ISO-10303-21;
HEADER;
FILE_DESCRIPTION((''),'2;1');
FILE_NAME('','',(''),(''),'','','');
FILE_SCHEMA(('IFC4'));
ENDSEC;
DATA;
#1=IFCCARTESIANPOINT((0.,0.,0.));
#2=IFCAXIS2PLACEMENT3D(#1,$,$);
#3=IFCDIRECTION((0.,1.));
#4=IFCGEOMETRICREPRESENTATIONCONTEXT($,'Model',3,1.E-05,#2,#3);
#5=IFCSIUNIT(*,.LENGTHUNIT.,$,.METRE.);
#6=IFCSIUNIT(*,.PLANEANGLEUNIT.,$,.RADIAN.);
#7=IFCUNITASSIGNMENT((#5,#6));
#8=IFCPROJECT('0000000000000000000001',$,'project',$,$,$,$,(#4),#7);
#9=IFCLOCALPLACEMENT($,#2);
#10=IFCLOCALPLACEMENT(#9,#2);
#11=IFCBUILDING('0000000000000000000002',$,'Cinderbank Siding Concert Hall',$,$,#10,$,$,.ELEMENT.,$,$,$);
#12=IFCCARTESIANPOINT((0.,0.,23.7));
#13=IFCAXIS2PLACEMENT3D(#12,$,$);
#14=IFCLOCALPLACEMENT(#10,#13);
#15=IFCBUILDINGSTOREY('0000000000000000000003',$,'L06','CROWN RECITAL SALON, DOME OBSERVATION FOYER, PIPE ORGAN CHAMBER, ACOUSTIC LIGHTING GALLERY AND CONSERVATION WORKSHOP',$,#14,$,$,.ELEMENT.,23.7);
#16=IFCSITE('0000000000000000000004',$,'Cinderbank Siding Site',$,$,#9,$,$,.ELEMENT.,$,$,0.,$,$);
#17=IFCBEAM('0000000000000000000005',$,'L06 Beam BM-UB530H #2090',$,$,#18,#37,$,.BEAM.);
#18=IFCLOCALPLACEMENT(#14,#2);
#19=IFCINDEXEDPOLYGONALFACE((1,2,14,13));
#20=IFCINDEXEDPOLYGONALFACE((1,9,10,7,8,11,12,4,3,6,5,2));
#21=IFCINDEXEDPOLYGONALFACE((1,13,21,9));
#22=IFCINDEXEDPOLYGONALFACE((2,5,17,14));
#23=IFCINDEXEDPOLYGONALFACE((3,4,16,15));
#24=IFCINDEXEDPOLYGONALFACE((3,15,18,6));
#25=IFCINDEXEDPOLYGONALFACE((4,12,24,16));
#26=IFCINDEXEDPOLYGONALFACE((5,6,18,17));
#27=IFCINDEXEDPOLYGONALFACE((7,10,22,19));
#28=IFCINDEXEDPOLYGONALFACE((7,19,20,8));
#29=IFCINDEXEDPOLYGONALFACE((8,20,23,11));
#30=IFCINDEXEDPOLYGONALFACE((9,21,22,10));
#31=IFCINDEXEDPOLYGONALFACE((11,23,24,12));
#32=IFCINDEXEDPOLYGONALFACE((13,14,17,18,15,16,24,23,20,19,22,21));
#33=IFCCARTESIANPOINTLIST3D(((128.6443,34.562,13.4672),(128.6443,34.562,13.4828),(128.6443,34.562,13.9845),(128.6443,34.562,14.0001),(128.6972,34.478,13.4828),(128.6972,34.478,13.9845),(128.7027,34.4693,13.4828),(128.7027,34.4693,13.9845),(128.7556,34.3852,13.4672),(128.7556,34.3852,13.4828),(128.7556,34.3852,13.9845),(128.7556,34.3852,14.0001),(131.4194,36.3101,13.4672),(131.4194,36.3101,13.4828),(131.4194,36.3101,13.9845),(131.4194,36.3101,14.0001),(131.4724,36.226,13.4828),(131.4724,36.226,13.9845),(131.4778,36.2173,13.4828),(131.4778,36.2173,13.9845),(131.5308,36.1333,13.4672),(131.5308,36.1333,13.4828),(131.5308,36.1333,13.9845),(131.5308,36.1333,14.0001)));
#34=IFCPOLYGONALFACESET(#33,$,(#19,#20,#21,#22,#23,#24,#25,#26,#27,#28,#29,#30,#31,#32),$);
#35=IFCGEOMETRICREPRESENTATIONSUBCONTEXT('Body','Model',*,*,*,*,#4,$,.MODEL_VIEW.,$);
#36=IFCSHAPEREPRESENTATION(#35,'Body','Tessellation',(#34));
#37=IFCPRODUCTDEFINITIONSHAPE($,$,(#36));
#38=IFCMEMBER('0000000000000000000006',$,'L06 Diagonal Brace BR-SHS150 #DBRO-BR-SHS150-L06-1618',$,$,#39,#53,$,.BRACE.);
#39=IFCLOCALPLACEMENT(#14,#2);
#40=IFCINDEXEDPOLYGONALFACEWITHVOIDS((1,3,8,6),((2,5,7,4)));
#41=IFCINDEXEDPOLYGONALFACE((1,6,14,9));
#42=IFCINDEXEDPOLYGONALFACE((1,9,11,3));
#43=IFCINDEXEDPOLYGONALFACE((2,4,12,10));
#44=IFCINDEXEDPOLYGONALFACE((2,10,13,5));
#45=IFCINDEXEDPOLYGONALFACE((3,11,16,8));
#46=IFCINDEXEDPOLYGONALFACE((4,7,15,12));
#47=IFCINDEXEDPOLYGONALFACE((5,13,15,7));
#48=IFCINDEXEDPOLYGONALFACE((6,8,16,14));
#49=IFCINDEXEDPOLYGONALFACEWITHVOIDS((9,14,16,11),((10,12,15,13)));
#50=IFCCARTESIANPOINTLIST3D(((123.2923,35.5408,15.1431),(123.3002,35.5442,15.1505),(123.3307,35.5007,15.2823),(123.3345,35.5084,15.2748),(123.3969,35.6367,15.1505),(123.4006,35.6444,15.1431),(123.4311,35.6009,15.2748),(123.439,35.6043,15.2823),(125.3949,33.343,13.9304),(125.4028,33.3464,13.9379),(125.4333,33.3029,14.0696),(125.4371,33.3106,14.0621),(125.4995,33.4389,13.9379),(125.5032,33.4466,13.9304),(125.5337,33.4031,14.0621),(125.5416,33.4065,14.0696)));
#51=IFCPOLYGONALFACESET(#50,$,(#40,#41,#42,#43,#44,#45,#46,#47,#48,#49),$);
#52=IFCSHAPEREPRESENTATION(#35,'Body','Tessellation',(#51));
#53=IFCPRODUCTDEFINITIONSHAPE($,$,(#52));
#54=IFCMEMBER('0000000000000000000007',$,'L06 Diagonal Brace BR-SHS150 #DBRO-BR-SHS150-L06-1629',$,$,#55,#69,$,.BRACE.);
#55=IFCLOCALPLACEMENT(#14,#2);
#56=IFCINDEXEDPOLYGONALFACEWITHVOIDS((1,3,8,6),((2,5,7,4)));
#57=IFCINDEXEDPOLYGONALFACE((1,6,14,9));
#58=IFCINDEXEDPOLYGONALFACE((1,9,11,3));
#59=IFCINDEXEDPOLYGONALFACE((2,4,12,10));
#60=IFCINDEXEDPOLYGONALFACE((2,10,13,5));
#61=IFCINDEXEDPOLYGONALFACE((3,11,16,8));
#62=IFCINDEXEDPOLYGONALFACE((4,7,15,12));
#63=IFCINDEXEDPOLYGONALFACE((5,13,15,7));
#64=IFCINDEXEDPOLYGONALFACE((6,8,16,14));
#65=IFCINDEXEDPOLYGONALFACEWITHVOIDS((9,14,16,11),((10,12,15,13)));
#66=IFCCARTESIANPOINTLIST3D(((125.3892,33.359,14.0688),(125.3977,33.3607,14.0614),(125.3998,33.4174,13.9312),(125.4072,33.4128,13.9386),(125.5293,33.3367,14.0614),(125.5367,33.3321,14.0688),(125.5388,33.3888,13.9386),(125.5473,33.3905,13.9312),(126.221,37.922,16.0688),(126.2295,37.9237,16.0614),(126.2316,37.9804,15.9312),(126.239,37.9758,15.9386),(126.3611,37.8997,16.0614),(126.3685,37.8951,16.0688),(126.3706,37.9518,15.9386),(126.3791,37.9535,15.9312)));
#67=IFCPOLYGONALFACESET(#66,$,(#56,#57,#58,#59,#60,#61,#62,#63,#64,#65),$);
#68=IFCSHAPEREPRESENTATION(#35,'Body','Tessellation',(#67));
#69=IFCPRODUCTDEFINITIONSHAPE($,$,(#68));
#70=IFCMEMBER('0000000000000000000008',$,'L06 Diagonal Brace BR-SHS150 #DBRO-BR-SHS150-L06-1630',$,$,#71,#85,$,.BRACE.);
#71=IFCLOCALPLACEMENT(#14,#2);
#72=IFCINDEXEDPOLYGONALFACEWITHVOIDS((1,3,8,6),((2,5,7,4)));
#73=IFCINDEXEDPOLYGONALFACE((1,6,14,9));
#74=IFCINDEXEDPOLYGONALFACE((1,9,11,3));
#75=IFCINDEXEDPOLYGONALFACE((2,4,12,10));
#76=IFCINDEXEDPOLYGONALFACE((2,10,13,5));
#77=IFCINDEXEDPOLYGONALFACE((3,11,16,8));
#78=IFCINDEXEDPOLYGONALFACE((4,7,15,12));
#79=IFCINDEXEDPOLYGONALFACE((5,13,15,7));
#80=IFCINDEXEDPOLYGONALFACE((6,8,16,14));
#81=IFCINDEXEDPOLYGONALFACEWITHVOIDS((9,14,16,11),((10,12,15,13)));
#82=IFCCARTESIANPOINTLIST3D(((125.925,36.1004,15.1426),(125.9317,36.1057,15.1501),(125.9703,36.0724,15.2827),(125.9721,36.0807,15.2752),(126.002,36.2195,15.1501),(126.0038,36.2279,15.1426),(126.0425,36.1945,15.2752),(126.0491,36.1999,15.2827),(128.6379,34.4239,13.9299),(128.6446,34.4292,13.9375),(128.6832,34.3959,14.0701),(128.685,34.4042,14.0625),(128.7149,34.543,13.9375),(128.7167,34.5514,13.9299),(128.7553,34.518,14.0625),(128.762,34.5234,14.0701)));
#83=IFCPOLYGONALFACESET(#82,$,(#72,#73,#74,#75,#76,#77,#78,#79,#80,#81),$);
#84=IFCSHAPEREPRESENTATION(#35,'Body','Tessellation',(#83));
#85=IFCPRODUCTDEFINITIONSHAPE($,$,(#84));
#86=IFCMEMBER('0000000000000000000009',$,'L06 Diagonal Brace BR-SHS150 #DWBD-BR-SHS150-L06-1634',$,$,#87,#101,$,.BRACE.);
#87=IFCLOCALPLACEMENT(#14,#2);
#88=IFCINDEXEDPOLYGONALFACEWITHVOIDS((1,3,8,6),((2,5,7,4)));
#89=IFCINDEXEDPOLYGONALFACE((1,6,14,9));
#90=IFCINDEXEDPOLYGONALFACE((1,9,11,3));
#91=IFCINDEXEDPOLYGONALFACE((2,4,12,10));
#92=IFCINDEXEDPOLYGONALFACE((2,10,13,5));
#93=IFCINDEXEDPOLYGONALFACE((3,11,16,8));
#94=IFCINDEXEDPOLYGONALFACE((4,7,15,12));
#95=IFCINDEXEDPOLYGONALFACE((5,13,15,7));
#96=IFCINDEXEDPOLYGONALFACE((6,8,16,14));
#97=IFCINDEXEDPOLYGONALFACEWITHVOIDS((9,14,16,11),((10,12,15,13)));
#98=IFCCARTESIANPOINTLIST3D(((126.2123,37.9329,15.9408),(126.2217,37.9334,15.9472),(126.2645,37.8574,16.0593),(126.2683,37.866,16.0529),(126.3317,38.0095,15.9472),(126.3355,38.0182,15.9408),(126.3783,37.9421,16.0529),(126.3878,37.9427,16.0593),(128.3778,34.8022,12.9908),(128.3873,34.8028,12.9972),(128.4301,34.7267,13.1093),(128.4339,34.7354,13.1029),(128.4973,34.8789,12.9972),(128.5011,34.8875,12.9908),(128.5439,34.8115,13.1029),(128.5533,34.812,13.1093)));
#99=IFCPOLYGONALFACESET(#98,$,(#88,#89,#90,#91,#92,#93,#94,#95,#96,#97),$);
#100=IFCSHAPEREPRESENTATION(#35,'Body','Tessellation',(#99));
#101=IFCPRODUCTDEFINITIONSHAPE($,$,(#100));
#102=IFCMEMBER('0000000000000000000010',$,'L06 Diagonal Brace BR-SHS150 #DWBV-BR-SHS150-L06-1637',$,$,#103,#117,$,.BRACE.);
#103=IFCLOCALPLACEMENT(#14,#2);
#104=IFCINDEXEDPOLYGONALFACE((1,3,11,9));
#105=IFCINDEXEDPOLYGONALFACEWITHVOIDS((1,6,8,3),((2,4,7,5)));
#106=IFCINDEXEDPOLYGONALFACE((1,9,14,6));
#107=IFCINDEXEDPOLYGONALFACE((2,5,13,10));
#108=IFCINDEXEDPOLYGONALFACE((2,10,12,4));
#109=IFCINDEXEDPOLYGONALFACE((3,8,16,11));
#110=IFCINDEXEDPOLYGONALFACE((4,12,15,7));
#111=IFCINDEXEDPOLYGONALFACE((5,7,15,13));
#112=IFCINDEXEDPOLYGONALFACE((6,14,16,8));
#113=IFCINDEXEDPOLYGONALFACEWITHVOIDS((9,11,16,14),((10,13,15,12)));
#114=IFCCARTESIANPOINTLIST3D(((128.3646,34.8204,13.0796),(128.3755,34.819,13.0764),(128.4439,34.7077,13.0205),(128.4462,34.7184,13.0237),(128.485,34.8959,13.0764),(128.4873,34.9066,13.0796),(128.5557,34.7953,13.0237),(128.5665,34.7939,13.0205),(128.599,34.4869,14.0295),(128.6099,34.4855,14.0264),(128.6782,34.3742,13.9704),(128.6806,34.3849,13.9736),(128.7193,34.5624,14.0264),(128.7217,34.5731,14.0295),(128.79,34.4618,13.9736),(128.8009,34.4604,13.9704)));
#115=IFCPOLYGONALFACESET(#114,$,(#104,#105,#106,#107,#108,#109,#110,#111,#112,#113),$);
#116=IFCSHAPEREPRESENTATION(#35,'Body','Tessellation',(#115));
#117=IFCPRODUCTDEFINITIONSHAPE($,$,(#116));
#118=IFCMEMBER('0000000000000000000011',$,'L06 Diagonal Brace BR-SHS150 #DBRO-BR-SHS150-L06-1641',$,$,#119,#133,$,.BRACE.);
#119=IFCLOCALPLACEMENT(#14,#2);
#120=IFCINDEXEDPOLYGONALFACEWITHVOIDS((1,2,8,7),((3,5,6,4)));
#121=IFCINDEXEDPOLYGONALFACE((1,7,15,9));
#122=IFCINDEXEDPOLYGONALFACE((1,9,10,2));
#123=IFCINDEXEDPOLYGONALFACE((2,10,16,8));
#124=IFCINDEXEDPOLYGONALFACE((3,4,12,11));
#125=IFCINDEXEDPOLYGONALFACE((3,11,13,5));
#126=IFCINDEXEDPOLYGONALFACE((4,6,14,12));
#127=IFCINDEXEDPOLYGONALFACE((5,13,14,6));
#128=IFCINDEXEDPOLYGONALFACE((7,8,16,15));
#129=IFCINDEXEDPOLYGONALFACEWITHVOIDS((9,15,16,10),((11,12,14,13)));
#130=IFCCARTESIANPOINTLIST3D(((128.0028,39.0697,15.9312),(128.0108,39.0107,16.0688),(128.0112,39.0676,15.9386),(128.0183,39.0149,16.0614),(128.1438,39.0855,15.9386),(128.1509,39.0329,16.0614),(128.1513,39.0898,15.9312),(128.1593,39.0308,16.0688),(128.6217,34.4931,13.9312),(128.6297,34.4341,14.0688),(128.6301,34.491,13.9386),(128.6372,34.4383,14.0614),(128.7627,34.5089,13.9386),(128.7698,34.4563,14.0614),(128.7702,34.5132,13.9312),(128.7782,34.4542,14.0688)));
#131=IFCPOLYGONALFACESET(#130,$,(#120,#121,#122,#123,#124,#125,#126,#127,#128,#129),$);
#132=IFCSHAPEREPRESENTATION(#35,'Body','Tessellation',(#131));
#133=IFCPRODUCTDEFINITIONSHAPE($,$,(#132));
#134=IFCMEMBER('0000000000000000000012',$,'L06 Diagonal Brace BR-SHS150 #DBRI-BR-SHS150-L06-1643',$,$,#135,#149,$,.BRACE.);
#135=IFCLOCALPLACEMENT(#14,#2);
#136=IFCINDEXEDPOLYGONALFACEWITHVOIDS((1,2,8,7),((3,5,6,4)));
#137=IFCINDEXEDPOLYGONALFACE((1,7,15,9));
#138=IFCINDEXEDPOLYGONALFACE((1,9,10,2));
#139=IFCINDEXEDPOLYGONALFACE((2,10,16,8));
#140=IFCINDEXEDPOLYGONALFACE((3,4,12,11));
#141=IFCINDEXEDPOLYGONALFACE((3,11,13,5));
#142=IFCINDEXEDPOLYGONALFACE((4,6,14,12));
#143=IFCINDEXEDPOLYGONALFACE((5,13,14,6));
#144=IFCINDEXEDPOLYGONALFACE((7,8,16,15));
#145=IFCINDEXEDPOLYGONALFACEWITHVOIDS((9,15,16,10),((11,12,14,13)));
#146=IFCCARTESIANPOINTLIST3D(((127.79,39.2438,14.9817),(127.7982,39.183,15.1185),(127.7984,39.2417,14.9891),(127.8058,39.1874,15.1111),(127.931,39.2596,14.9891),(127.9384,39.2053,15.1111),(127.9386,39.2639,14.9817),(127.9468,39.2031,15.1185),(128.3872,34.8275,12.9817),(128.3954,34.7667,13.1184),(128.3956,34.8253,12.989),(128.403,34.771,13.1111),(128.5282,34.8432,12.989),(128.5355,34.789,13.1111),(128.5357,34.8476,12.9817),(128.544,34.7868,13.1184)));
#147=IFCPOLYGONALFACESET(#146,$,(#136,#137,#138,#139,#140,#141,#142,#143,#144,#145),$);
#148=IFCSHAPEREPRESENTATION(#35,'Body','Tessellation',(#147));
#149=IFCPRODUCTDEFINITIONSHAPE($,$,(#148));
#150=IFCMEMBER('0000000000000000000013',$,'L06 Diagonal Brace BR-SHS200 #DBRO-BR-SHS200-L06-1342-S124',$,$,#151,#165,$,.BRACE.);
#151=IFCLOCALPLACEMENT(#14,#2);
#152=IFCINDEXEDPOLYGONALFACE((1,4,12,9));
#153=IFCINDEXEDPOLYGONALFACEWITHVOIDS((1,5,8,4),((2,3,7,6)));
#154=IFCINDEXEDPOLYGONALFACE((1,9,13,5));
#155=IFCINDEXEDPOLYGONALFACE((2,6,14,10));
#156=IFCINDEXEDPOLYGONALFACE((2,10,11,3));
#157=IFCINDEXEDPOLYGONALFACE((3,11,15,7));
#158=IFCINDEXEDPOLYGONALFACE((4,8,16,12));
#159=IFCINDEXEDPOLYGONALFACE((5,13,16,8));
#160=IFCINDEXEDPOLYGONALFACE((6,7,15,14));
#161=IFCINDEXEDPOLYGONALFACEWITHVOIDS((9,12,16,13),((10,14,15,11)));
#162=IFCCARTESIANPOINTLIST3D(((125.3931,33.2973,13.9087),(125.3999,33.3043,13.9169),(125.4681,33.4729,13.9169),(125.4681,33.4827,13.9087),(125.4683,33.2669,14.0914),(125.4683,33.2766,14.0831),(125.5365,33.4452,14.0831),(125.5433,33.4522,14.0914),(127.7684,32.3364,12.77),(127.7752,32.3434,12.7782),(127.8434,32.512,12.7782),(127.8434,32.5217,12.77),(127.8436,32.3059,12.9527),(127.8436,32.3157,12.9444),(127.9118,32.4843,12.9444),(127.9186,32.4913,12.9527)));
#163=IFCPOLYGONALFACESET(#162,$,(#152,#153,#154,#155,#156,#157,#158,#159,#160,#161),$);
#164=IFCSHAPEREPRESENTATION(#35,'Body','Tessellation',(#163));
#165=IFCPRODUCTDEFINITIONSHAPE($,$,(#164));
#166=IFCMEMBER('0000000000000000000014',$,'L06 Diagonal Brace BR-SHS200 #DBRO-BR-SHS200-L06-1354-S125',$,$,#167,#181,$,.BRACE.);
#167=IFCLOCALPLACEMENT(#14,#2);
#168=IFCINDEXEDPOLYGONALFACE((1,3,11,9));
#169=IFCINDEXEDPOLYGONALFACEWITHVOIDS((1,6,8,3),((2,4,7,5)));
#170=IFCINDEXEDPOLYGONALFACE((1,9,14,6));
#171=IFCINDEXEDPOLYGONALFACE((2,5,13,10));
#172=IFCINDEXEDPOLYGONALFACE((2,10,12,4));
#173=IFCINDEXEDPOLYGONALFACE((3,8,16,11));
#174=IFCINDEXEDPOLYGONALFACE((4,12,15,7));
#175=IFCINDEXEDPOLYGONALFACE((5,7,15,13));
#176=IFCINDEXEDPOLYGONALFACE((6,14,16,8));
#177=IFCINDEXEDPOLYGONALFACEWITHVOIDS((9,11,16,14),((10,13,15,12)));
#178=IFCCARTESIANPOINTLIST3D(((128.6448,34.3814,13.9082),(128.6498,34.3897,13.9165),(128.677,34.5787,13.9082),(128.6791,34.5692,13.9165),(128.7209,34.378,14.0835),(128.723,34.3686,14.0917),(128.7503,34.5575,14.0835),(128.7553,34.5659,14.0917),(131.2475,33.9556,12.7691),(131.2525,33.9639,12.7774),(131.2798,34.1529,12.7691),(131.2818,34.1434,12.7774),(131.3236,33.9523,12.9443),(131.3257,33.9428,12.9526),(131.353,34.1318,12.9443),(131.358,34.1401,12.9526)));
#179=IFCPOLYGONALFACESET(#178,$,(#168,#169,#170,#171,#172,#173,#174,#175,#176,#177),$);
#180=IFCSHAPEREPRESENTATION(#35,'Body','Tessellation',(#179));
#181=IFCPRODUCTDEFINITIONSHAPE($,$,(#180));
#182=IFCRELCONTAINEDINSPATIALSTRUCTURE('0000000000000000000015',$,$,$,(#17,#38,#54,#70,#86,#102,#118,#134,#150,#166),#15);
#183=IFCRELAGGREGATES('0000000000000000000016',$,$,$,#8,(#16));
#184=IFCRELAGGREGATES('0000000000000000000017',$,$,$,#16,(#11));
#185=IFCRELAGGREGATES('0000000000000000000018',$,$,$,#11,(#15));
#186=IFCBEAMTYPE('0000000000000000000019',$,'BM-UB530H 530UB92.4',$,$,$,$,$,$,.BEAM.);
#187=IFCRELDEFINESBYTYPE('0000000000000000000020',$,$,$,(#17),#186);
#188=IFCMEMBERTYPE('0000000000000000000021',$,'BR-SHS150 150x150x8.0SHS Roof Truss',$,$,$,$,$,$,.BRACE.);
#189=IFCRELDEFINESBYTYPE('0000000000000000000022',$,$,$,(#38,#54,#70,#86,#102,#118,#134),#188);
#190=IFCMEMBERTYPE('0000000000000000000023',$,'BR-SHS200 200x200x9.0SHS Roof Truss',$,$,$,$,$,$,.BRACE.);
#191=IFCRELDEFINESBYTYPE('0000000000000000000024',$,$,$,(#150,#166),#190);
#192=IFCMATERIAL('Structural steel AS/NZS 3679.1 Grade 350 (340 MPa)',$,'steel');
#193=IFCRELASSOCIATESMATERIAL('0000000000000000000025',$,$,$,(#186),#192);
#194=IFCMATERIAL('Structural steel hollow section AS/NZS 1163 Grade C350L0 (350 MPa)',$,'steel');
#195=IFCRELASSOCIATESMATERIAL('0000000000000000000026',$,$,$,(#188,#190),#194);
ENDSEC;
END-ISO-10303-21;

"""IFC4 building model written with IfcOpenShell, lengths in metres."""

from ifc_helpers import new_model, si_unit, direction, frame, origin, origin_2d, place, context, subcontext, project, spatial, hollow_rectangle, i_section, extrude, material, material_profile, profile_set, type_object, element, save


model = new_model("IFC4")

# Units and contexts
model_context = context("Model", 3, precision=1e-05, world=origin(), true_north=direction((0.0, 1.0)))
body_context = subcontext(model_context, "Body", "Model", "MODEL_VIEW")
ifc_project = project(units=[si_unit("LENGTHUNIT", "METRE"), si_unit("PLANEANGLEUNIT", "RADIAN")], contexts=[model_context])

# Site, building, storey
site_placement = place(None, origin())
site = spatial("IfcSite", under=ifc_project, at=site_placement, Name="Cinderbank Siding Site", CompositionType="ELEMENT", RefElevation=0.0)
building_placement = place(site_placement, origin())
building = spatial("IfcBuilding", under=site, at=building_placement, Name="Cinderbank Siding Concert Hall", CompositionType="ELEMENT")
storey_placement = place(building_placement, frame((0.0, 0.0, 23.7)))
storey = spatial("IfcBuildingStorey", under=building, at=storey_placement, Name="L06", Description="CROWN RECITAL SALON, DOME OBSERVATION FOYER, PIPE ORGAN CHAMBER, ACOUSTIC LIGHTING GALLERY AND CONSERVATION WORKSHOP", CompositionType="ELEMENT", Elevation=23.7)

# Beam
ifc_material_1 = material(Name="Structural steel AS/NZS 3679.1 Grade 350 (340 MPa)", Category="steel")
ifc_material_profile_1 = material_profile(ifc_material_1, i_section(OverallWidth=0.209, OverallDepth=0.533, WebThickness=0.0103, FlangeThickness=0.0156, at=origin_2d()), Name="530UB92.4", Category="LoadBearing")
ifc_profile_set_1 = profile_set([ifc_material_profile_1], Name="Structural steel AS/NZS 3679.1 Grade 350 (340 MPa)")
beam_type = type_object("IfcBeamType", Name="BM-UB530H 530UB92.4", PredefinedType="BEAM", material=ifc_profile_set_1)
beam_placement = place(storey_placement, frame((128.7, 34.4736, 13.7336), z_axis=(0.846132, 0.532973, 0.0), x_axis=(-0.532973, 0.846132, 0.0)))
element("IfcBeam", 1, at=beam_placement, inside=storey, type_object=beam_type, Name="L06 Beam BM-UB530H #2090", PredefinedType="BEAM", context=body_context, shape_type="SweptSolid", body=[
    extrude(i_section(OverallWidth=0.209, OverallDepth=0.533, WebThickness=0.0103, FlangeThickness=0.0156, at=origin_2d()), origin(), (0.0, 0.0, 1.0), 3.2798),
])

# Members
ifc_material_2 = material(Name="Structural steel hollow section AS/NZS 1163 Grade C350L0 (350 MPa)", Category="steel")
ifc_material_profile_2 = material_profile(ifc_material_2, hollow_rectangle(XDim=0.1499, YDim=0.1499, WallThickness=0.0081, at=origin_2d()), Name="150x150x8.0SHS", Category="LoadBearing")
ifc_profile_set_2 = profile_set([ifc_material_profile_2], Name="Structural steel hollow section AS/NZS 1163 Grade C350L0 (350 MPa)")
member_type_1 = type_object("IfcMemberType", Name="BR-SHS150 150x150x8.0SHS Roof Truss", PredefinedType="BRACE", material=ifc_profile_set_2)
member_1_placement = place(storey_placement, frame((125.4683, 33.3748, 14.0), z_axis=(-0.642126, 0.671205, 0.370348), x_axis=(-0.722586, -0.691281, 0.0)))
element("IfcMember", 2, at=member_1_placement, inside=storey, type_object=member_type_1, Name="L06 Diagonal Brace BR-SHS150 #DBRO-BR-SHS150-L06-1618", PredefinedType="BRACE", context=body_context, shape_type="SweptSolid", body=[
    extrude(hollow_rectangle(XDim=0.1499, YDim=0.1499, WallThickness=0.0081, at=origin_2d()), origin(), (0.0, 0.0, 1.0), 3.2744),
])
member_2_placement = place(storey_placement, frame((125.4683, 33.3748, 14.0), z_axis=(0.164677, 0.903381, 0.39596), x_axis=(-0.983788, 0.179335, 0.0)))
element("IfcMember", 3, at=member_2_placement, inside=storey, type_object=member_type_1, Name="L06 Diagonal Brace BR-SHS150 #DBRO-BR-SHS150-L06-1629", PredefinedType="BRACE", context=body_context, shape_type="SweptSolid", body=[
    extrude(hollow_rectangle(XDim=0.1499, YDim=0.1499, WallThickness=0.0081, at=origin_2d()), origin(), (0.0, 0.0, 1.0), 5.051),
])
member_3_placement = place(storey_placement, frame((128.7, 34.4736, 14.0), z_axis=(-0.795129, 0.491374, 0.355418), x_axis=(-0.525698, -0.850671, 0.0)))
element("IfcMember", 4, at=member_3_placement, inside=storey, type_object=member_type_1, Name="L06 Diagonal Brace BR-SHS150 #DBRO-BR-SHS150-L06-1630", PredefinedType="BRACE", context=body_context, shape_type="SweptSolid", body=[
    extrude(hollow_rectangle(XDim=0.1499, YDim=0.1499, WallThickness=0.0081, at=origin_2d()), origin(), (0.0, 0.0, 1.0), 3.4119),
])
member_4_placement = place(storey_placement, frame((128.4656, 34.8071, 13.05), z_axis=(-0.449666, 0.650064, 0.61255), x_axis=(-0.822416, -0.568886, 0.0)))
element("IfcMember", 5, at=member_4_placement, inside=storey, type_object=member_type_1, Name="L06 Diagonal Brace BR-SHS150 #DWBD-BR-SHS150-L06-1634", PredefinedType="BRACE", context=body_context, shape_type="SweptSolid", body=[
    extrude(hollow_rectangle(XDim=0.1499, YDim=0.1499, WallThickness=0.0081, at=origin_2d()), origin(), (0.0, 0.0, 1.0), 4.8159),
])
member_5_placement = place(storey_placement, frame((128.4656, 34.8071, 13.05), z_axis=(0.226732, -0.32262, 0.918972), x_axis=(0.818161, 0.574989, 0.0)))
element("IfcMember", 6, at=member_5_placement, inside=storey, type_object=member_type_1, Name="L06 Diagonal Brace BR-SHS150 #DWBV-BR-SHS150-L06-1637", PredefinedType="BRACE", context=body_context, shape_type="SweptSolid", body=[
    extrude(hollow_rectangle(XDim=0.1499, YDim=0.1499, WallThickness=0.0081, at=origin_2d()), origin(), (0.0, 0.0, 1.0), 1.0337),
])
member_6_placement = place(storey_placement, frame((128.7, 34.4736, 14.0), z_axis=(-0.122973, 0.909371, 0.397395), x_axis=(-0.99098, -0.134009, 0.0)))
element("IfcMember", 7, at=member_6_placement, inside=storey, type_object=member_type_1, Name="L06 Diagonal Brace BR-SHS150 #DBRO-BR-SHS150-L06-1641", PredefinedType="BRACE", context=body_context, shape_type="SweptSolid", body=[
    extrude(hollow_rectangle(XDim=0.1499, YDim=0.1499, WallThickness=0.0081, at=origin_2d()), origin(), (0.0, 0.0, 1.0), 5.0327),
])
member_7_placement = place(storey_placement, frame((128.4656, 34.8071, 13.05), z_axis=(-0.122254, 0.904107, 0.409445), x_axis=(-0.990981, -0.134001, 0.0)))
element("IfcMember", 8, at=member_7_placement, inside=storey, type_object=member_type_1, Name="L06 Diagonal Brace BR-SHS150 #DBRI-BR-SHS150-L06-1643", PredefinedType="BRACE", context=body_context, shape_type="SweptSolid", body=[
    extrude(hollow_rectangle(XDim=0.1499, YDim=0.1499, WallThickness=0.0081, at=origin_2d()), origin(), (0.0, 0.0, 1.0), 4.8848),
])
ifc_material_profile_3 = material_profile(ifc_material_2, hollow_rectangle(XDim=0.2, YDim=0.2, WallThickness=0.009, at=origin_2d()), Name="200x200x9.0SHS", Category="LoadBearing")
ifc_profile_set_3 = profile_set([ifc_material_profile_3], Name="Structural steel hollow section AS/NZS 1163 Grade C350L0 (350 MPa)")
member_type_2 = type_object("IfcMemberType", Name="BR-SHS200 200x200x9.0SHS Roof Truss", PredefinedType="BRACE", material=ifc_profile_set_3)
member_8_placement = place(storey_placement, frame((127.8435, 32.4138, 12.8613), z_axis=(-0.847127, 0.342717, 0.406105), x_axis=(-0.375035, -0.927011, 0.0)))
element("IfcMember", 9, at=member_8_placement, inside=storey, type_object=member_type_2, Name="L06 Diagonal Brace BR-SHS200 #DBRO-BR-SHS200-L06-1342-S124", PredefinedType="BRACE", context=body_context, shape_type="SweptSolid", body=[
    extrude(hollow_rectangle(XDim=0.2, YDim=0.2, WallThickness=0.009, at=origin_2d()), origin(), (0.0, 0.0, 1.0), 2.804),
])
member_9_placement = place(storey_placement, frame((131.3027, 34.0479, 12.8608), z_axis=(-0.905983, 0.148207, 0.396522), x_axis=(-0.161441, -0.986882, 0.0)))
element("IfcMember", 10, at=member_9_placement, inside=storey, type_object=member_type_2, Name="L06 Diagonal Brace BR-SHS200 #DBRO-BR-SHS200-L06-1354-S125", PredefinedType="BRACE", context=body_context, shape_type="SweptSolid", body=[
    extrude(hollow_rectangle(XDim=0.2, YDim=0.2, WallThickness=0.009, at=origin_2d()), origin(), (0.0, 0.0, 1.0), 2.8728),
])

save(model, "model.ifc")
